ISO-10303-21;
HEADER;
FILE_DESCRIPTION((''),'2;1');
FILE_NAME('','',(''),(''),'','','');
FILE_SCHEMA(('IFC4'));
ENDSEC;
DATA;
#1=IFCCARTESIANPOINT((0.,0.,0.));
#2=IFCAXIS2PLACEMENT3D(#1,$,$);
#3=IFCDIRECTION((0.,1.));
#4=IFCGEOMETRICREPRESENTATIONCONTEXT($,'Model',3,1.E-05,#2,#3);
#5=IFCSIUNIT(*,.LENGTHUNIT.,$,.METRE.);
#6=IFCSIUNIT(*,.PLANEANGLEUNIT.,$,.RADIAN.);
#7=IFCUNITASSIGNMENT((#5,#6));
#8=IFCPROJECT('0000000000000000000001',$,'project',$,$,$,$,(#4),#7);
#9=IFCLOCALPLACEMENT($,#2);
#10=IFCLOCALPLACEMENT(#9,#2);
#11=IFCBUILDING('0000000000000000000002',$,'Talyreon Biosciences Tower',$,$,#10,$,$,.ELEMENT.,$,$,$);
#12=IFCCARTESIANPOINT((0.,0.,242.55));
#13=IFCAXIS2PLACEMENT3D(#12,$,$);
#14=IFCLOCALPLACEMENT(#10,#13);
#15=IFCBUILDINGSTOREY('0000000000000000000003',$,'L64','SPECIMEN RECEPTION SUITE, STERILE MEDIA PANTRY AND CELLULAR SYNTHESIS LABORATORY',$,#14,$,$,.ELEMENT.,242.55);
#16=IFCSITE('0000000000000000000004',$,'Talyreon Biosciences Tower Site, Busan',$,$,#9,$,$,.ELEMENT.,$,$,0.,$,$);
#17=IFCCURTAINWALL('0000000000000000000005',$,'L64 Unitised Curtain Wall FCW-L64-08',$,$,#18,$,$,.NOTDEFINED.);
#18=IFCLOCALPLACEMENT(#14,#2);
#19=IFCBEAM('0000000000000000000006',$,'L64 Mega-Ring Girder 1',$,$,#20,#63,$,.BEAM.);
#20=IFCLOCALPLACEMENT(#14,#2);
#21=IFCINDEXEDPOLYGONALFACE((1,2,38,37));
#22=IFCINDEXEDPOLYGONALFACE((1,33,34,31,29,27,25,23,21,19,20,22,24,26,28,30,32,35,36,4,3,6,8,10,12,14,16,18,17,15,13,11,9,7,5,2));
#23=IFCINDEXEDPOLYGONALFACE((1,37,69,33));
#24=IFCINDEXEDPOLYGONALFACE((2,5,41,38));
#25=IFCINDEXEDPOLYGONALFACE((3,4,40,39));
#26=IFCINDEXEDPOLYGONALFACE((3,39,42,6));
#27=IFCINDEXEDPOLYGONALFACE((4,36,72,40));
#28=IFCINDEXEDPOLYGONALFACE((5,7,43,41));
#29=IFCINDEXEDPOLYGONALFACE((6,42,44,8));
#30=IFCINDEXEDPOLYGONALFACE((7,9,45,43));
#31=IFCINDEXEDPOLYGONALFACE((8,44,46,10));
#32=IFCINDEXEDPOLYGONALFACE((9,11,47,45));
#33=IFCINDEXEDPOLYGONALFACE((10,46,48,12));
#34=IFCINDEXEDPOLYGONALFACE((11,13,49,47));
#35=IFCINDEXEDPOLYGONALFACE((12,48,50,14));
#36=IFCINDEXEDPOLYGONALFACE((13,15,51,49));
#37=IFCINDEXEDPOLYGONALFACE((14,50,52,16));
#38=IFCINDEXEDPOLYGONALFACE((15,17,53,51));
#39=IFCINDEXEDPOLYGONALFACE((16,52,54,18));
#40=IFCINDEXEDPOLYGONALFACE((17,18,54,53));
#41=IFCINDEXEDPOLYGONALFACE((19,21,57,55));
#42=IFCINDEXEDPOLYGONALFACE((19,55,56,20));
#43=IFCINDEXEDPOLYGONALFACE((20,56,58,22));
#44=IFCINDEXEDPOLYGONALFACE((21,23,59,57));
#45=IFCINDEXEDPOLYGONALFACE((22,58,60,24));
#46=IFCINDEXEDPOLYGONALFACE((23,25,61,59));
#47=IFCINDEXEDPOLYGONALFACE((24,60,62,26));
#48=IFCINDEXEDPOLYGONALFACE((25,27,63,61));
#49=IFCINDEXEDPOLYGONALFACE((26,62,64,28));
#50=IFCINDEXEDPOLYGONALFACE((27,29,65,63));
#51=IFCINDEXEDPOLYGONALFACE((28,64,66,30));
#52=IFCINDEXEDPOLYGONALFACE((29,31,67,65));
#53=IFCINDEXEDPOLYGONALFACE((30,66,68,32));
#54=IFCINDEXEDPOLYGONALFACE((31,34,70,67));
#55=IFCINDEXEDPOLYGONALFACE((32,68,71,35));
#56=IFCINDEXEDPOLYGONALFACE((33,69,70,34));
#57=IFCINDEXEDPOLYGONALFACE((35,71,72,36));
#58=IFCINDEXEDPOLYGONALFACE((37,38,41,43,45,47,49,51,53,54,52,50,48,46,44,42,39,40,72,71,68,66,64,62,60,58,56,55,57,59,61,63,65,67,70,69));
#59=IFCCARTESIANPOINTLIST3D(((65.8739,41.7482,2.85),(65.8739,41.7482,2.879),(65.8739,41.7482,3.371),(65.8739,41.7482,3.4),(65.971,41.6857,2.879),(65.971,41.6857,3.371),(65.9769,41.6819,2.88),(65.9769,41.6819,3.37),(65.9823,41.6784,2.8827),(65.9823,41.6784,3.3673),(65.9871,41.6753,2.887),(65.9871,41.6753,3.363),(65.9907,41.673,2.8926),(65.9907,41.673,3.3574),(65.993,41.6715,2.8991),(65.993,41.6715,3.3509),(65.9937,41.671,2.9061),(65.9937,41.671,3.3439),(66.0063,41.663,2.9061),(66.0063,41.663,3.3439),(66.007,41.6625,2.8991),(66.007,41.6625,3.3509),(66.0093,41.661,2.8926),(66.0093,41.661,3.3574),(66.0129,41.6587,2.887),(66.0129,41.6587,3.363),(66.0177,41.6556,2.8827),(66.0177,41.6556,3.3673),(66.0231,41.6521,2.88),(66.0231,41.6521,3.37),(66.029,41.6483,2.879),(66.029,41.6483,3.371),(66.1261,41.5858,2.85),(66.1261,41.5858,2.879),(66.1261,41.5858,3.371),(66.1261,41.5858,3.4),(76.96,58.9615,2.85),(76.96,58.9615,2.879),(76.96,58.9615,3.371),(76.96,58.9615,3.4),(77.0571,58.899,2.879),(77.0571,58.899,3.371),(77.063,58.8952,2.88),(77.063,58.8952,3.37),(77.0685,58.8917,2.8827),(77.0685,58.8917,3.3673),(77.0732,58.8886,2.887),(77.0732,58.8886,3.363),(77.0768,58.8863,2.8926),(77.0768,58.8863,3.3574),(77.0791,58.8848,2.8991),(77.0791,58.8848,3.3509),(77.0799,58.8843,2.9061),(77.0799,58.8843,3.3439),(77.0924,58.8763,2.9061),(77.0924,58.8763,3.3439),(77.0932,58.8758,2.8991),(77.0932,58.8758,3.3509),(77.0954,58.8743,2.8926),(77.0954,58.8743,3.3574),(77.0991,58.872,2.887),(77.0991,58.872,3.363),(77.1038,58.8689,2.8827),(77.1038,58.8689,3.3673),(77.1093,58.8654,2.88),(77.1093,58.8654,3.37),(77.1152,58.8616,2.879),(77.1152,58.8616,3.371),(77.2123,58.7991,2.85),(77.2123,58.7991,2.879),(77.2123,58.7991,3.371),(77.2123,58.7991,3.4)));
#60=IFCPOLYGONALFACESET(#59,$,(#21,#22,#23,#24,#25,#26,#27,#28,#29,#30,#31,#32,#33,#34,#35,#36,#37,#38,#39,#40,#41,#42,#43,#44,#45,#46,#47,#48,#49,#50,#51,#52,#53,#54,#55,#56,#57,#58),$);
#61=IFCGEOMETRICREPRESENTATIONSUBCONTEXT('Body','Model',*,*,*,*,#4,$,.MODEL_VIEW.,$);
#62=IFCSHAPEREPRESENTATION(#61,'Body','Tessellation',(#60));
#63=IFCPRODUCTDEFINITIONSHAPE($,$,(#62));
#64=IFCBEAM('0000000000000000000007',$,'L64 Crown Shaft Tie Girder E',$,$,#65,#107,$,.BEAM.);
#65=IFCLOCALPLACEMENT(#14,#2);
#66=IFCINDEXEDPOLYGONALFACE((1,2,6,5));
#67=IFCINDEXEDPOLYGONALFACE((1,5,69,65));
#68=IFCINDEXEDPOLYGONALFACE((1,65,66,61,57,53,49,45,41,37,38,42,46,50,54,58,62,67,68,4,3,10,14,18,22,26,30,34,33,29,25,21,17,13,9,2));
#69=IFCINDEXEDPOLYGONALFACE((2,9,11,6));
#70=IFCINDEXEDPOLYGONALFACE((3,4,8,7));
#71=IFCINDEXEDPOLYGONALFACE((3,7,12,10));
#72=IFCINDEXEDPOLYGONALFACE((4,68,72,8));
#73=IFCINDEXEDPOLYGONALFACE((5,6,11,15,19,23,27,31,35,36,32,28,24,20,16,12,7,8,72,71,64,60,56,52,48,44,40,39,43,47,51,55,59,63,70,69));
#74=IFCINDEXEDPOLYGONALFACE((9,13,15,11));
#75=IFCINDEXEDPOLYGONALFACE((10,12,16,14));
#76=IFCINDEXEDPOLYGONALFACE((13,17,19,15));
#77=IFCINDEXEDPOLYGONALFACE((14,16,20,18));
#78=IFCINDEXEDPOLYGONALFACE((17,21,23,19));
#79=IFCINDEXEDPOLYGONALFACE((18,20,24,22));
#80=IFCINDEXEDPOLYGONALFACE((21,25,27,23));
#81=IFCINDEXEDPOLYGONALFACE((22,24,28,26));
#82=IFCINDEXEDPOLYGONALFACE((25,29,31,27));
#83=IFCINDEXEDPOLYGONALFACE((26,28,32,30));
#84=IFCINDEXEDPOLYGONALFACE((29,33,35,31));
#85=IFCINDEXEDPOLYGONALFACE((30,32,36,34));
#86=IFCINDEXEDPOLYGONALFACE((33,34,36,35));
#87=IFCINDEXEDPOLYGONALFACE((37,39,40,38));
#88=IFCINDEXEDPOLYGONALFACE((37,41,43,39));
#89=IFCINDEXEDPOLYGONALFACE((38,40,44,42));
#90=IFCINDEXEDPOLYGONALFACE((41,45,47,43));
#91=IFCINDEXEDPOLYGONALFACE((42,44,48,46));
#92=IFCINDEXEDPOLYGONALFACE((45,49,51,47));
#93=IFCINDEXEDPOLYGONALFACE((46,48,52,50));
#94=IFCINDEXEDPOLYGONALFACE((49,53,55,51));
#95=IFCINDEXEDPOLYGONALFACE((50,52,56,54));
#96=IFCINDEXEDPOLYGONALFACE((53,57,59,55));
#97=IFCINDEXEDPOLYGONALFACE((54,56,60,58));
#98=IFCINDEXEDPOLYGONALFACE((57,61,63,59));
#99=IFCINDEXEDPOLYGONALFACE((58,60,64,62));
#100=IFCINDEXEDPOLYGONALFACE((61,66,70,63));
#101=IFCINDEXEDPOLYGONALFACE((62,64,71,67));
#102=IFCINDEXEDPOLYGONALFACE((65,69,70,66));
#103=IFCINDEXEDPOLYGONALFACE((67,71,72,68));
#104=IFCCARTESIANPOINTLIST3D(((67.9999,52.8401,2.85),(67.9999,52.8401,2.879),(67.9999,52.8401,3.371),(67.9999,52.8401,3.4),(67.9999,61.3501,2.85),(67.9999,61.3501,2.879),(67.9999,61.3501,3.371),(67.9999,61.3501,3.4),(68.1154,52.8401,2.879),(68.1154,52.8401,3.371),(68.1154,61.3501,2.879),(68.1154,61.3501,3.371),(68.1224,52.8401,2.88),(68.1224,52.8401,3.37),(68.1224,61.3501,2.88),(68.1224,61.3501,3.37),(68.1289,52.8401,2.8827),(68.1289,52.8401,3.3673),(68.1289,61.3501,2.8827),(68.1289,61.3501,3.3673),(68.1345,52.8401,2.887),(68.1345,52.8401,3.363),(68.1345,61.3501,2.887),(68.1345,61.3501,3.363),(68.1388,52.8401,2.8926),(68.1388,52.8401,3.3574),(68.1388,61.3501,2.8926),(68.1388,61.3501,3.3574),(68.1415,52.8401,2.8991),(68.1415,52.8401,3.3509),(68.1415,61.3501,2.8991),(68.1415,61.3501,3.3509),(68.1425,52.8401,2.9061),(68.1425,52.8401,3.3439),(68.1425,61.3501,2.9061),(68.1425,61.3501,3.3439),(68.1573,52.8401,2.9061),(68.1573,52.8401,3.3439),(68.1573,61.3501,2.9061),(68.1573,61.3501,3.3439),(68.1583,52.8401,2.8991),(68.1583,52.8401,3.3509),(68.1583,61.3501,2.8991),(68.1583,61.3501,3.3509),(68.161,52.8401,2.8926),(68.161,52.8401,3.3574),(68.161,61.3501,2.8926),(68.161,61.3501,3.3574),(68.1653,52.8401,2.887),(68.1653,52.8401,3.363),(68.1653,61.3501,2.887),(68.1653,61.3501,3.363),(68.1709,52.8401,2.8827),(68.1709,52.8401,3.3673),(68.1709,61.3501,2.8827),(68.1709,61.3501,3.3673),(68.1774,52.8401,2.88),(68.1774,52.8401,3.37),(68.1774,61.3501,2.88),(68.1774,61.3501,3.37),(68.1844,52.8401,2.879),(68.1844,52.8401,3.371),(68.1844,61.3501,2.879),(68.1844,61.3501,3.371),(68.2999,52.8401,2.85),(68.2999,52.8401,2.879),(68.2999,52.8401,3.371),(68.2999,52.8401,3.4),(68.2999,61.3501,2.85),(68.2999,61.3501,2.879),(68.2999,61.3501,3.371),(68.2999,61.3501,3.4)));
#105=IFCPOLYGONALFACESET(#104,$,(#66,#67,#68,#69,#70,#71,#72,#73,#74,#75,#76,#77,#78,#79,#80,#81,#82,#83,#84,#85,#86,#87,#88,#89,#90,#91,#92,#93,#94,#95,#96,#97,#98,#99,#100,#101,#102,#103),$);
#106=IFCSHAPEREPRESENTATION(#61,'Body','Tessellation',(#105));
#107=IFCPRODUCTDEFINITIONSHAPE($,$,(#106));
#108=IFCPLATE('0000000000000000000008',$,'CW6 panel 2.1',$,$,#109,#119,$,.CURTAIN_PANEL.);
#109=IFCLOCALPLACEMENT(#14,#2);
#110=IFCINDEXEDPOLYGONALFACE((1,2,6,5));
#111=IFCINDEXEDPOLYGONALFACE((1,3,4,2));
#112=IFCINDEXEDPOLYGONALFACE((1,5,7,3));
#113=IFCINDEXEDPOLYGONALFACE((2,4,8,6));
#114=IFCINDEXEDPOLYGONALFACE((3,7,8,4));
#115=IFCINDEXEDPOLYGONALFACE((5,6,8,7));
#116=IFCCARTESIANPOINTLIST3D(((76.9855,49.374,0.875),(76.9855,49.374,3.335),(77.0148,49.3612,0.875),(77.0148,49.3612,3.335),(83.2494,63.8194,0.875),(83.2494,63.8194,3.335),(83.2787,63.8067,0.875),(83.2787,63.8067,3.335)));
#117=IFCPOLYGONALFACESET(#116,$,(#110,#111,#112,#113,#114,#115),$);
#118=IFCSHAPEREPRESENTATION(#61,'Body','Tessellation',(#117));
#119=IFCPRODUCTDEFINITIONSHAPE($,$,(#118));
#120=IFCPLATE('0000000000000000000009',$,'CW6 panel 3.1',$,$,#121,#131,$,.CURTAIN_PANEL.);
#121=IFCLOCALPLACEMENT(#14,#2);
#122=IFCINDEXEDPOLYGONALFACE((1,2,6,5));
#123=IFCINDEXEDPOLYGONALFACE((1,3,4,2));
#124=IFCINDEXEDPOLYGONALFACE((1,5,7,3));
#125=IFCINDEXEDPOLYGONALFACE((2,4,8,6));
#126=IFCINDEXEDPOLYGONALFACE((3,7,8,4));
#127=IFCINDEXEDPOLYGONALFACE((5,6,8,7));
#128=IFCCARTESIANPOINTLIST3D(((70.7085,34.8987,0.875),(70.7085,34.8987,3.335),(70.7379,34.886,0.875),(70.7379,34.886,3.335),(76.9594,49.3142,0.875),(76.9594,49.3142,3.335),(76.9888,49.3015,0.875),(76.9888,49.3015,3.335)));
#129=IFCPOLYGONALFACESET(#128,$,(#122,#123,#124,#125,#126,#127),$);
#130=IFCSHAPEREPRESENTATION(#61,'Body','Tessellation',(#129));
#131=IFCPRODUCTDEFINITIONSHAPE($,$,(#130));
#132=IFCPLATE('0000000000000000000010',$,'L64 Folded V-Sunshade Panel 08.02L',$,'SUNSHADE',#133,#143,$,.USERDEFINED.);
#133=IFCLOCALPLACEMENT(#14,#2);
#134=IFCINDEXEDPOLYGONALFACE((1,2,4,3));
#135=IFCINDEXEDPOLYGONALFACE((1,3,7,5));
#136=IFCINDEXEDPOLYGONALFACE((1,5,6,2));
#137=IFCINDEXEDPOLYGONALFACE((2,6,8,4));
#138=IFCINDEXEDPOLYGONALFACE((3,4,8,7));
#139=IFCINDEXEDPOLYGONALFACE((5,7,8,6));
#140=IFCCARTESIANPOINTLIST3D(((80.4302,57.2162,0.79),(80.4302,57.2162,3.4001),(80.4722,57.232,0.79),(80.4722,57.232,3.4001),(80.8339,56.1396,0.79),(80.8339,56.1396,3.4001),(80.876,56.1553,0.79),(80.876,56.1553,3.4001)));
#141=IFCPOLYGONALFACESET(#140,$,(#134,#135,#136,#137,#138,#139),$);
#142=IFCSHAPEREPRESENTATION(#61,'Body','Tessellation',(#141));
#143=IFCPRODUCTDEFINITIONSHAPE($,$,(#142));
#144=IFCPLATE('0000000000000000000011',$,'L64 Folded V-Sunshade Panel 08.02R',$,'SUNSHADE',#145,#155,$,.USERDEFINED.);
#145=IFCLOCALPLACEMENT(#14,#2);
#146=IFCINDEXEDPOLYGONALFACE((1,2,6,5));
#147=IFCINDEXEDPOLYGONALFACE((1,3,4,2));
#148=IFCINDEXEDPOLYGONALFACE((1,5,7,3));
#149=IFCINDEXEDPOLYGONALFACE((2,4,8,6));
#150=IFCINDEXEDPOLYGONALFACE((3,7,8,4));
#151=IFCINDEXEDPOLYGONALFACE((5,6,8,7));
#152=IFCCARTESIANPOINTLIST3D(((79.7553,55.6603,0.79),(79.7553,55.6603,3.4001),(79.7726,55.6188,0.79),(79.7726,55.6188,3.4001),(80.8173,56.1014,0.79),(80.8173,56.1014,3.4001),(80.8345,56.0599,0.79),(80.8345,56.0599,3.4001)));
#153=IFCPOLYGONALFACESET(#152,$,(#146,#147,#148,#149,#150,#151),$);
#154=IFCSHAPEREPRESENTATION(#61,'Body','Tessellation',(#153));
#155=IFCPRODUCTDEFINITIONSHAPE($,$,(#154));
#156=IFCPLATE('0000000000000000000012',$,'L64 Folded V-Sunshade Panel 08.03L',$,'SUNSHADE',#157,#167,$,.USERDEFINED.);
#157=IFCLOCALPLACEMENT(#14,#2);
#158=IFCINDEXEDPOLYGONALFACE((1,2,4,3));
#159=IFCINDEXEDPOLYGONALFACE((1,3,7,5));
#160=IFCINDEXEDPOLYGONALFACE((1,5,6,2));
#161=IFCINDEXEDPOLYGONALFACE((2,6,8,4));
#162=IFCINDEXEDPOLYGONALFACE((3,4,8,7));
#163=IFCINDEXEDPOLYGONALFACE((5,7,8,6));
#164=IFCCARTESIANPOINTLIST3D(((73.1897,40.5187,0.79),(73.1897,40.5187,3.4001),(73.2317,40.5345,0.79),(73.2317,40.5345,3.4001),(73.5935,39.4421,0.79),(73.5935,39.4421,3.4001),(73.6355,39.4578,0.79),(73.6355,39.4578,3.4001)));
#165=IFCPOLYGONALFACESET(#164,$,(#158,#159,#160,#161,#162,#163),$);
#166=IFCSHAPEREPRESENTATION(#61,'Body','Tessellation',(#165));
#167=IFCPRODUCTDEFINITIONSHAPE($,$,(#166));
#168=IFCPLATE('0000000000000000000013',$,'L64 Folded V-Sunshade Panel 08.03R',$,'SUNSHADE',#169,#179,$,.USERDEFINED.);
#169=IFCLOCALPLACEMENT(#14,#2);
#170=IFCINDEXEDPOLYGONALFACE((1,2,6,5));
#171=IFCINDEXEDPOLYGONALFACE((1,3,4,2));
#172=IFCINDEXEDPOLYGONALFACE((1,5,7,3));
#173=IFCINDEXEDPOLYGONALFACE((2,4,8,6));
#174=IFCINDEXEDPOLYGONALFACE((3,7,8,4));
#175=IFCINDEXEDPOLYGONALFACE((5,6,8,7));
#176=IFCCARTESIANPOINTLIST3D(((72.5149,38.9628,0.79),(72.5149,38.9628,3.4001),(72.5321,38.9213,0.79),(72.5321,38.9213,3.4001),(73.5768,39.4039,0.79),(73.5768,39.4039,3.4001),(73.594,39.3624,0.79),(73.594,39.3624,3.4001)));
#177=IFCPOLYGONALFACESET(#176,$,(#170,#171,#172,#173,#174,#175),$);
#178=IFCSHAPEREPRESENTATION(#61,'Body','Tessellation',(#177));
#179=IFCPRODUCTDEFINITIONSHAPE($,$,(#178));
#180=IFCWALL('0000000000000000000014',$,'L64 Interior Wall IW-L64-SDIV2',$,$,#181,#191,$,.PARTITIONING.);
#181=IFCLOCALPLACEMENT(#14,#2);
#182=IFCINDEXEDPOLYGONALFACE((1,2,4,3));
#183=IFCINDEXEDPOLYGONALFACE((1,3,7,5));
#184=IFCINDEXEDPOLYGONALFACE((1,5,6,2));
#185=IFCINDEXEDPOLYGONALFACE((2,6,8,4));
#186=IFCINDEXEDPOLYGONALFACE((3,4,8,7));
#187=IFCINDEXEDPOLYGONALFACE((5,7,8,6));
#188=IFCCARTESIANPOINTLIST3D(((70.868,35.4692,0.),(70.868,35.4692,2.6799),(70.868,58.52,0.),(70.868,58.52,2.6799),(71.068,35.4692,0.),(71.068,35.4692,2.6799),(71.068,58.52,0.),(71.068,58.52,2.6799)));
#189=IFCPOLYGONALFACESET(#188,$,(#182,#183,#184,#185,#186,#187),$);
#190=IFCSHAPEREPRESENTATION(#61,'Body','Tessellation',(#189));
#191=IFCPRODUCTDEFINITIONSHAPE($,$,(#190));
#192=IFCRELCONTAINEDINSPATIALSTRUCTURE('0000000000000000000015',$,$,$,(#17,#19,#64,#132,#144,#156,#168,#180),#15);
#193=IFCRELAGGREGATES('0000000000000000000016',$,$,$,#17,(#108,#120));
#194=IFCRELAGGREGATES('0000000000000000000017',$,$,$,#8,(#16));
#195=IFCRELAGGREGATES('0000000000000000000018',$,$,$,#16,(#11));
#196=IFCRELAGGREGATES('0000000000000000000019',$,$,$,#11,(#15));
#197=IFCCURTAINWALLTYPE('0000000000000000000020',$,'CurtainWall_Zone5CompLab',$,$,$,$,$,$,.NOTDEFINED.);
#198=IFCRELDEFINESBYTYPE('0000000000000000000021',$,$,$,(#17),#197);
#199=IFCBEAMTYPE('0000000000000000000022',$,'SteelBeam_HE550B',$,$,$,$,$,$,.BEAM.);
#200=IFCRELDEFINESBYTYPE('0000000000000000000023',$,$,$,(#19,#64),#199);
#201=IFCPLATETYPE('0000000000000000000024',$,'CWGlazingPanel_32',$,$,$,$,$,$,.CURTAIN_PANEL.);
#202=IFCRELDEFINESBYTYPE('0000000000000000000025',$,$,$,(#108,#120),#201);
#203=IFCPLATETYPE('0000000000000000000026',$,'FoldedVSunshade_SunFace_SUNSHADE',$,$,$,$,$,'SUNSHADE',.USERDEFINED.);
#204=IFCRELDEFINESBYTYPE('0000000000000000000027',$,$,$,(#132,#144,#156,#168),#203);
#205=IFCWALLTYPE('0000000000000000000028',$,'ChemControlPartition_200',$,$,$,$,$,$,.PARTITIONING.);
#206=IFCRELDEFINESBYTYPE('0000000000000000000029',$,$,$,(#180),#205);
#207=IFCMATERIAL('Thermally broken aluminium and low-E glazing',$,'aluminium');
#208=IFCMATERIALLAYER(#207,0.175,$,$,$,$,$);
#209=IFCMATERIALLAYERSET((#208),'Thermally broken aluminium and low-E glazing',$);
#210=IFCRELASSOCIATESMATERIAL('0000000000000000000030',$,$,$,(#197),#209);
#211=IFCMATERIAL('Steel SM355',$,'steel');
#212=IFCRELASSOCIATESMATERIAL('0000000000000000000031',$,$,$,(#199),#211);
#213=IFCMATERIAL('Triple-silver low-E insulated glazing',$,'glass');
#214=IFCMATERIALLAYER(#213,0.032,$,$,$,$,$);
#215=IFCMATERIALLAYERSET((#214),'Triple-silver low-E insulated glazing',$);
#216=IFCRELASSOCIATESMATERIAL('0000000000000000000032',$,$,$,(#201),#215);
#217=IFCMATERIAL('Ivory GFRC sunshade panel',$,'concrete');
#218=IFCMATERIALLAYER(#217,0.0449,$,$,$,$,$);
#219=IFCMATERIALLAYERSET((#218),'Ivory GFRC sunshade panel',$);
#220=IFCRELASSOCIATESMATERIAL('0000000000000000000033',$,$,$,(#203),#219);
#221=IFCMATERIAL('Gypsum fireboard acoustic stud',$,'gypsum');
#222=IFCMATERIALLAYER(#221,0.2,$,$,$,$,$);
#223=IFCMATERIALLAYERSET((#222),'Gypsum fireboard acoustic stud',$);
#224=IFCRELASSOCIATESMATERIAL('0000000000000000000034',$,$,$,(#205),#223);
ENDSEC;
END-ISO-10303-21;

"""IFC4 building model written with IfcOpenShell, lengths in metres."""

from ifc_helpers import new_model, si_unit, direction, frame, frame_2d, origin, origin_2d, place, context, subcontext, project, spatial, rectangle, i_section, extrude, material, layer, layer_set, material_profile, profile_set, type_object, element, aggregate, save


model = new_model("IFC4")

# Units and contexts
model_context = context("Model", 3, precision=1e-05, world=origin(), true_north=direction((0.0, 1.0)))
body_context = subcontext(model_context, "Body", "Model", "MODEL_VIEW")
ifc_project = project(units=[si_unit("LENGTHUNIT", "METRE"), si_unit("PLANEANGLEUNIT", "RADIAN")], contexts=[model_context])

# Site, building, storey
site_placement = place(None, origin())
site = spatial("IfcSite", under=ifc_project, at=site_placement, Name="Talyreon Biosciences Tower Site, Busan", CompositionType="ELEMENT", RefElevation=0.0)
building_placement = place(site_placement, origin())
building = spatial("IfcBuilding", under=site, at=building_placement, Name="Talyreon Biosciences Tower", CompositionType="ELEMENT")
storey_placement = place(building_placement, frame((0.0, 0.0, 242.55)))
storey = spatial("IfcBuildingStorey", under=building, at=storey_placement, Name="L64", Description="SPECIMEN RECEPTION SUITE, STERILE MEDIA PANTRY AND CELLULAR SYNTHESIS LABORATORY", CompositionType="ELEMENT", Elevation=242.55)

# Curtain wall
ifc_material_1 = material(Name="Thermally broken aluminium and low-E glazing", Category="aluminium")
ifc_layer_1 = layer(ifc_material_1, 0.175)
ifc_layer_set_1 = layer_set([ifc_layer_1], Name="Thermally broken aluminium and low-E glazing")
curtain_wall_type = type_object("IfcCurtainWallType", Name="CurtainWall_Zone5CompLab", PredefinedType="NOTDEFINED", material=ifc_layer_set_1)
curtain_wall_placement = place(storey_placement, origin())
curtain_wall = element("IfcCurtainWall", 1, at=curtain_wall_placement, inside=storey, type_object=curtain_wall_type, Name="L64 Unitised Curtain Wall FCW-L64-08", PredefinedType="NOTDEFINED")

# Beams
ifc_material_2 = material(Name="Steel SM355", Category="steel")
ifc_material_profile_1 = material_profile(ifc_material_2, i_section(OverallWidth=0.3, OverallDepth=0.55, WebThickness=0.0149, FlangeThickness=0.0291, FilletRadius=0.0271, at=origin_2d()), Name="HE550B")
ifc_profile_set_1 = profile_set([ifc_material_profile_1], Name="Steel SM355")
beam_type_1 = type_object("IfcBeamType", Name="SteelBeam_HE550B", PredefinedType="BEAM", material=ifc_profile_set_1)
beam_1_placement = place(storey_placement, frame((66.0, 41.667, 3.125), z_axis=(0.541464, 0.840724, 0.0), x_axis=(-0.840724, 0.541464, 0.0)))
element("IfcBeam", 2, at=beam_1_placement, inside=storey, type_object=beam_type_1, Name="L64 Mega-Ring Girder 1", PredefinedType="BEAM", context=body_context, shape_type="SweptSolid", body=[
    extrude(i_section(OverallWidth=0.3, OverallDepth=0.55, WebThickness=0.0149, FlangeThickness=0.0291, FilletRadius=0.0271, at=origin_2d()), origin(), (0.0, 0.0, 1.0), 20.4744),
])
beam_2_placement = place(storey_placement, frame((68.1499, 52.8401, 3.125), z_axis=(0.0, 1.0, 0.0), x_axis=(-1.0, 0.0, 0.0)))
element("IfcBeam", 3, at=beam_2_placement, inside=storey, type_object=beam_type_1, Name="L64 Crown Shaft Tie Girder E", PredefinedType="BEAM", context=body_context, shape_type="SweptSolid", body=[
    extrude(i_section(OverallWidth=0.3, OverallDepth=0.55, WebThickness=0.0149, FlangeThickness=0.0291, FilletRadius=0.0271, at=origin_2d()), origin(), (0.0, 0.0, 1.0), 8.51),
])

# Plates
ifc_material_3 = material(Name="Triple-silver low-E insulated glazing", Category="glass")
ifc_layer_2 = layer(ifc_material_3, 0.032)
ifc_layer_set_2 = layer_set([ifc_layer_2], Name="Triple-silver low-E insulated glazing")
plate_type_1 = type_object("IfcPlateType", Name="CWGlazingPanel_32", PredefinedType="CURTAIN_PANEL", material=ifc_layer_set_2)
plate_1_placement = place(storey_placement, frame((80.1321, 56.5903, 0.875), z_axis=(0.0, 0.0, 1.0), x_axis=(-0.397832, -0.917458, 0.0)))
plate_1 = element("IfcPlate", 4, at=plate_1_placement, type_object=plate_type_1, Name="CW6 panel 2.1", PredefinedType="CURTAIN_PANEL", context=body_context, shape_type="SweptSolid", body=[
    extrude(rectangle(XDim=15.7451, YDim=0.032, at=origin_2d()), origin(), (0.0, 0.0, 1.0), 2.46),
])
plate_2_placement = place(storey_placement, frame((73.8486, 42.1001, 0.875), z_axis=(0.0, 0.0, 1.0), x_axis=(-0.397832, -0.917458, 0.0)))
plate_2 = element("IfcPlate", 5, at=plate_2_placement, type_object=plate_type_1, Name="CW6 panel 3.1", PredefinedType="CURTAIN_PANEL", context=body_context, shape_type="SweptSolid", body=[
    extrude(rectangle(XDim=15.7124, YDim=0.032, at=origin_2d()), origin(), (0.0, 0.0, 1.0), 2.46),
])
aggregate(curtain_wall, [plate_1, plate_2])

# Plates
ifc_material_4 = material(Name="Ivory GFRC sunshade panel", Category="concrete")
ifc_layer_3 = layer(ifc_material_4, 0.0449)
ifc_layer_set_3 = layer_set([ifc_layer_3], Name="Ivory GFRC sunshade panel")
plate_type_2 = type_object("IfcPlateType", Name="FoldedVSunshade_SunFace_SUNSHADE", ElementType="SUNSHADE", PredefinedType="USERDEFINED", material=ifc_layer_set_3)
for number, where, z_axis, x_axis, name in (
    (6, (80.6531, 56.6858, 0.79), (0.0, 0.0, 1.0), (0.351139, -0.936323, 0.0), "L64 Folded V-Sunshade Panel 08.02L"),
    (7, (80.2949, 55.8601, 0.79), (0.0, 0.0, 1.0), (-0.923498, -0.383602, 0.0), "L64 Folded V-Sunshade Panel 08.02R"),
    (8, (73.4126, 39.9883, 0.79), (0.0, 0.0, 1.0), (0.351139, -0.936323, 0.0), "L64 Folded V-Sunshade Panel 08.03L"),
    (9, (73.0544, 39.1626, 0.79), (0.0, 0.0, 1.0), (-0.923498, -0.383602, 0.0), "L64 Folded V-Sunshade Panel 08.03R"),
):
    element("IfcPlate", number, at=place(storey_placement, frame(where, z_axis=z_axis, x_axis=x_axis)), inside=storey, type_object=plate_type_2, Name=name, ObjectType="SUNSHADE", PredefinedType="USERDEFINED", context=body_context, shape_type="SweptSolid", body=[
        extrude(rectangle(XDim=1.1499, YDim=0.0449, at=origin_2d()), origin(), (0.0, 0.0, 1.0), 2.6101),
    ])

# Wall
ifc_material_5 = material(Name="Gypsum fireboard acoustic stud", Category="gypsum")
ifc_layer_4 = layer(ifc_material_5, 0.2)
ifc_layer_set_4 = layer_set([ifc_layer_4], Name="Gypsum fireboard acoustic stud")
wall_type_1 = type_object("IfcWallType", Name="ChemControlPartition_200", PredefinedType="PARTITIONING", material=ifc_layer_set_4)
wall_1_placement = place(storey_placement, frame((70.968, 35.4692, 0.0), z_axis=(0.0, 0.0, 1.0), x_axis=(0.0, 1.0, 0.0)))
element("IfcWall", 10, at=wall_1_placement, inside=storey, type_object=wall_type_1, Name="L64 Interior Wall IW-L64-SDIV2", PredefinedType="PARTITIONING", context=body_context, shape_type="SweptSolid", body=[
    extrude(rectangle(XDim=23.0508, YDim=0.2, at=frame_2d((11.5254, 0.0))), origin(), (0.0, 0.0, 1.0), 2.6799),
])

save(model, "model.ifc")
